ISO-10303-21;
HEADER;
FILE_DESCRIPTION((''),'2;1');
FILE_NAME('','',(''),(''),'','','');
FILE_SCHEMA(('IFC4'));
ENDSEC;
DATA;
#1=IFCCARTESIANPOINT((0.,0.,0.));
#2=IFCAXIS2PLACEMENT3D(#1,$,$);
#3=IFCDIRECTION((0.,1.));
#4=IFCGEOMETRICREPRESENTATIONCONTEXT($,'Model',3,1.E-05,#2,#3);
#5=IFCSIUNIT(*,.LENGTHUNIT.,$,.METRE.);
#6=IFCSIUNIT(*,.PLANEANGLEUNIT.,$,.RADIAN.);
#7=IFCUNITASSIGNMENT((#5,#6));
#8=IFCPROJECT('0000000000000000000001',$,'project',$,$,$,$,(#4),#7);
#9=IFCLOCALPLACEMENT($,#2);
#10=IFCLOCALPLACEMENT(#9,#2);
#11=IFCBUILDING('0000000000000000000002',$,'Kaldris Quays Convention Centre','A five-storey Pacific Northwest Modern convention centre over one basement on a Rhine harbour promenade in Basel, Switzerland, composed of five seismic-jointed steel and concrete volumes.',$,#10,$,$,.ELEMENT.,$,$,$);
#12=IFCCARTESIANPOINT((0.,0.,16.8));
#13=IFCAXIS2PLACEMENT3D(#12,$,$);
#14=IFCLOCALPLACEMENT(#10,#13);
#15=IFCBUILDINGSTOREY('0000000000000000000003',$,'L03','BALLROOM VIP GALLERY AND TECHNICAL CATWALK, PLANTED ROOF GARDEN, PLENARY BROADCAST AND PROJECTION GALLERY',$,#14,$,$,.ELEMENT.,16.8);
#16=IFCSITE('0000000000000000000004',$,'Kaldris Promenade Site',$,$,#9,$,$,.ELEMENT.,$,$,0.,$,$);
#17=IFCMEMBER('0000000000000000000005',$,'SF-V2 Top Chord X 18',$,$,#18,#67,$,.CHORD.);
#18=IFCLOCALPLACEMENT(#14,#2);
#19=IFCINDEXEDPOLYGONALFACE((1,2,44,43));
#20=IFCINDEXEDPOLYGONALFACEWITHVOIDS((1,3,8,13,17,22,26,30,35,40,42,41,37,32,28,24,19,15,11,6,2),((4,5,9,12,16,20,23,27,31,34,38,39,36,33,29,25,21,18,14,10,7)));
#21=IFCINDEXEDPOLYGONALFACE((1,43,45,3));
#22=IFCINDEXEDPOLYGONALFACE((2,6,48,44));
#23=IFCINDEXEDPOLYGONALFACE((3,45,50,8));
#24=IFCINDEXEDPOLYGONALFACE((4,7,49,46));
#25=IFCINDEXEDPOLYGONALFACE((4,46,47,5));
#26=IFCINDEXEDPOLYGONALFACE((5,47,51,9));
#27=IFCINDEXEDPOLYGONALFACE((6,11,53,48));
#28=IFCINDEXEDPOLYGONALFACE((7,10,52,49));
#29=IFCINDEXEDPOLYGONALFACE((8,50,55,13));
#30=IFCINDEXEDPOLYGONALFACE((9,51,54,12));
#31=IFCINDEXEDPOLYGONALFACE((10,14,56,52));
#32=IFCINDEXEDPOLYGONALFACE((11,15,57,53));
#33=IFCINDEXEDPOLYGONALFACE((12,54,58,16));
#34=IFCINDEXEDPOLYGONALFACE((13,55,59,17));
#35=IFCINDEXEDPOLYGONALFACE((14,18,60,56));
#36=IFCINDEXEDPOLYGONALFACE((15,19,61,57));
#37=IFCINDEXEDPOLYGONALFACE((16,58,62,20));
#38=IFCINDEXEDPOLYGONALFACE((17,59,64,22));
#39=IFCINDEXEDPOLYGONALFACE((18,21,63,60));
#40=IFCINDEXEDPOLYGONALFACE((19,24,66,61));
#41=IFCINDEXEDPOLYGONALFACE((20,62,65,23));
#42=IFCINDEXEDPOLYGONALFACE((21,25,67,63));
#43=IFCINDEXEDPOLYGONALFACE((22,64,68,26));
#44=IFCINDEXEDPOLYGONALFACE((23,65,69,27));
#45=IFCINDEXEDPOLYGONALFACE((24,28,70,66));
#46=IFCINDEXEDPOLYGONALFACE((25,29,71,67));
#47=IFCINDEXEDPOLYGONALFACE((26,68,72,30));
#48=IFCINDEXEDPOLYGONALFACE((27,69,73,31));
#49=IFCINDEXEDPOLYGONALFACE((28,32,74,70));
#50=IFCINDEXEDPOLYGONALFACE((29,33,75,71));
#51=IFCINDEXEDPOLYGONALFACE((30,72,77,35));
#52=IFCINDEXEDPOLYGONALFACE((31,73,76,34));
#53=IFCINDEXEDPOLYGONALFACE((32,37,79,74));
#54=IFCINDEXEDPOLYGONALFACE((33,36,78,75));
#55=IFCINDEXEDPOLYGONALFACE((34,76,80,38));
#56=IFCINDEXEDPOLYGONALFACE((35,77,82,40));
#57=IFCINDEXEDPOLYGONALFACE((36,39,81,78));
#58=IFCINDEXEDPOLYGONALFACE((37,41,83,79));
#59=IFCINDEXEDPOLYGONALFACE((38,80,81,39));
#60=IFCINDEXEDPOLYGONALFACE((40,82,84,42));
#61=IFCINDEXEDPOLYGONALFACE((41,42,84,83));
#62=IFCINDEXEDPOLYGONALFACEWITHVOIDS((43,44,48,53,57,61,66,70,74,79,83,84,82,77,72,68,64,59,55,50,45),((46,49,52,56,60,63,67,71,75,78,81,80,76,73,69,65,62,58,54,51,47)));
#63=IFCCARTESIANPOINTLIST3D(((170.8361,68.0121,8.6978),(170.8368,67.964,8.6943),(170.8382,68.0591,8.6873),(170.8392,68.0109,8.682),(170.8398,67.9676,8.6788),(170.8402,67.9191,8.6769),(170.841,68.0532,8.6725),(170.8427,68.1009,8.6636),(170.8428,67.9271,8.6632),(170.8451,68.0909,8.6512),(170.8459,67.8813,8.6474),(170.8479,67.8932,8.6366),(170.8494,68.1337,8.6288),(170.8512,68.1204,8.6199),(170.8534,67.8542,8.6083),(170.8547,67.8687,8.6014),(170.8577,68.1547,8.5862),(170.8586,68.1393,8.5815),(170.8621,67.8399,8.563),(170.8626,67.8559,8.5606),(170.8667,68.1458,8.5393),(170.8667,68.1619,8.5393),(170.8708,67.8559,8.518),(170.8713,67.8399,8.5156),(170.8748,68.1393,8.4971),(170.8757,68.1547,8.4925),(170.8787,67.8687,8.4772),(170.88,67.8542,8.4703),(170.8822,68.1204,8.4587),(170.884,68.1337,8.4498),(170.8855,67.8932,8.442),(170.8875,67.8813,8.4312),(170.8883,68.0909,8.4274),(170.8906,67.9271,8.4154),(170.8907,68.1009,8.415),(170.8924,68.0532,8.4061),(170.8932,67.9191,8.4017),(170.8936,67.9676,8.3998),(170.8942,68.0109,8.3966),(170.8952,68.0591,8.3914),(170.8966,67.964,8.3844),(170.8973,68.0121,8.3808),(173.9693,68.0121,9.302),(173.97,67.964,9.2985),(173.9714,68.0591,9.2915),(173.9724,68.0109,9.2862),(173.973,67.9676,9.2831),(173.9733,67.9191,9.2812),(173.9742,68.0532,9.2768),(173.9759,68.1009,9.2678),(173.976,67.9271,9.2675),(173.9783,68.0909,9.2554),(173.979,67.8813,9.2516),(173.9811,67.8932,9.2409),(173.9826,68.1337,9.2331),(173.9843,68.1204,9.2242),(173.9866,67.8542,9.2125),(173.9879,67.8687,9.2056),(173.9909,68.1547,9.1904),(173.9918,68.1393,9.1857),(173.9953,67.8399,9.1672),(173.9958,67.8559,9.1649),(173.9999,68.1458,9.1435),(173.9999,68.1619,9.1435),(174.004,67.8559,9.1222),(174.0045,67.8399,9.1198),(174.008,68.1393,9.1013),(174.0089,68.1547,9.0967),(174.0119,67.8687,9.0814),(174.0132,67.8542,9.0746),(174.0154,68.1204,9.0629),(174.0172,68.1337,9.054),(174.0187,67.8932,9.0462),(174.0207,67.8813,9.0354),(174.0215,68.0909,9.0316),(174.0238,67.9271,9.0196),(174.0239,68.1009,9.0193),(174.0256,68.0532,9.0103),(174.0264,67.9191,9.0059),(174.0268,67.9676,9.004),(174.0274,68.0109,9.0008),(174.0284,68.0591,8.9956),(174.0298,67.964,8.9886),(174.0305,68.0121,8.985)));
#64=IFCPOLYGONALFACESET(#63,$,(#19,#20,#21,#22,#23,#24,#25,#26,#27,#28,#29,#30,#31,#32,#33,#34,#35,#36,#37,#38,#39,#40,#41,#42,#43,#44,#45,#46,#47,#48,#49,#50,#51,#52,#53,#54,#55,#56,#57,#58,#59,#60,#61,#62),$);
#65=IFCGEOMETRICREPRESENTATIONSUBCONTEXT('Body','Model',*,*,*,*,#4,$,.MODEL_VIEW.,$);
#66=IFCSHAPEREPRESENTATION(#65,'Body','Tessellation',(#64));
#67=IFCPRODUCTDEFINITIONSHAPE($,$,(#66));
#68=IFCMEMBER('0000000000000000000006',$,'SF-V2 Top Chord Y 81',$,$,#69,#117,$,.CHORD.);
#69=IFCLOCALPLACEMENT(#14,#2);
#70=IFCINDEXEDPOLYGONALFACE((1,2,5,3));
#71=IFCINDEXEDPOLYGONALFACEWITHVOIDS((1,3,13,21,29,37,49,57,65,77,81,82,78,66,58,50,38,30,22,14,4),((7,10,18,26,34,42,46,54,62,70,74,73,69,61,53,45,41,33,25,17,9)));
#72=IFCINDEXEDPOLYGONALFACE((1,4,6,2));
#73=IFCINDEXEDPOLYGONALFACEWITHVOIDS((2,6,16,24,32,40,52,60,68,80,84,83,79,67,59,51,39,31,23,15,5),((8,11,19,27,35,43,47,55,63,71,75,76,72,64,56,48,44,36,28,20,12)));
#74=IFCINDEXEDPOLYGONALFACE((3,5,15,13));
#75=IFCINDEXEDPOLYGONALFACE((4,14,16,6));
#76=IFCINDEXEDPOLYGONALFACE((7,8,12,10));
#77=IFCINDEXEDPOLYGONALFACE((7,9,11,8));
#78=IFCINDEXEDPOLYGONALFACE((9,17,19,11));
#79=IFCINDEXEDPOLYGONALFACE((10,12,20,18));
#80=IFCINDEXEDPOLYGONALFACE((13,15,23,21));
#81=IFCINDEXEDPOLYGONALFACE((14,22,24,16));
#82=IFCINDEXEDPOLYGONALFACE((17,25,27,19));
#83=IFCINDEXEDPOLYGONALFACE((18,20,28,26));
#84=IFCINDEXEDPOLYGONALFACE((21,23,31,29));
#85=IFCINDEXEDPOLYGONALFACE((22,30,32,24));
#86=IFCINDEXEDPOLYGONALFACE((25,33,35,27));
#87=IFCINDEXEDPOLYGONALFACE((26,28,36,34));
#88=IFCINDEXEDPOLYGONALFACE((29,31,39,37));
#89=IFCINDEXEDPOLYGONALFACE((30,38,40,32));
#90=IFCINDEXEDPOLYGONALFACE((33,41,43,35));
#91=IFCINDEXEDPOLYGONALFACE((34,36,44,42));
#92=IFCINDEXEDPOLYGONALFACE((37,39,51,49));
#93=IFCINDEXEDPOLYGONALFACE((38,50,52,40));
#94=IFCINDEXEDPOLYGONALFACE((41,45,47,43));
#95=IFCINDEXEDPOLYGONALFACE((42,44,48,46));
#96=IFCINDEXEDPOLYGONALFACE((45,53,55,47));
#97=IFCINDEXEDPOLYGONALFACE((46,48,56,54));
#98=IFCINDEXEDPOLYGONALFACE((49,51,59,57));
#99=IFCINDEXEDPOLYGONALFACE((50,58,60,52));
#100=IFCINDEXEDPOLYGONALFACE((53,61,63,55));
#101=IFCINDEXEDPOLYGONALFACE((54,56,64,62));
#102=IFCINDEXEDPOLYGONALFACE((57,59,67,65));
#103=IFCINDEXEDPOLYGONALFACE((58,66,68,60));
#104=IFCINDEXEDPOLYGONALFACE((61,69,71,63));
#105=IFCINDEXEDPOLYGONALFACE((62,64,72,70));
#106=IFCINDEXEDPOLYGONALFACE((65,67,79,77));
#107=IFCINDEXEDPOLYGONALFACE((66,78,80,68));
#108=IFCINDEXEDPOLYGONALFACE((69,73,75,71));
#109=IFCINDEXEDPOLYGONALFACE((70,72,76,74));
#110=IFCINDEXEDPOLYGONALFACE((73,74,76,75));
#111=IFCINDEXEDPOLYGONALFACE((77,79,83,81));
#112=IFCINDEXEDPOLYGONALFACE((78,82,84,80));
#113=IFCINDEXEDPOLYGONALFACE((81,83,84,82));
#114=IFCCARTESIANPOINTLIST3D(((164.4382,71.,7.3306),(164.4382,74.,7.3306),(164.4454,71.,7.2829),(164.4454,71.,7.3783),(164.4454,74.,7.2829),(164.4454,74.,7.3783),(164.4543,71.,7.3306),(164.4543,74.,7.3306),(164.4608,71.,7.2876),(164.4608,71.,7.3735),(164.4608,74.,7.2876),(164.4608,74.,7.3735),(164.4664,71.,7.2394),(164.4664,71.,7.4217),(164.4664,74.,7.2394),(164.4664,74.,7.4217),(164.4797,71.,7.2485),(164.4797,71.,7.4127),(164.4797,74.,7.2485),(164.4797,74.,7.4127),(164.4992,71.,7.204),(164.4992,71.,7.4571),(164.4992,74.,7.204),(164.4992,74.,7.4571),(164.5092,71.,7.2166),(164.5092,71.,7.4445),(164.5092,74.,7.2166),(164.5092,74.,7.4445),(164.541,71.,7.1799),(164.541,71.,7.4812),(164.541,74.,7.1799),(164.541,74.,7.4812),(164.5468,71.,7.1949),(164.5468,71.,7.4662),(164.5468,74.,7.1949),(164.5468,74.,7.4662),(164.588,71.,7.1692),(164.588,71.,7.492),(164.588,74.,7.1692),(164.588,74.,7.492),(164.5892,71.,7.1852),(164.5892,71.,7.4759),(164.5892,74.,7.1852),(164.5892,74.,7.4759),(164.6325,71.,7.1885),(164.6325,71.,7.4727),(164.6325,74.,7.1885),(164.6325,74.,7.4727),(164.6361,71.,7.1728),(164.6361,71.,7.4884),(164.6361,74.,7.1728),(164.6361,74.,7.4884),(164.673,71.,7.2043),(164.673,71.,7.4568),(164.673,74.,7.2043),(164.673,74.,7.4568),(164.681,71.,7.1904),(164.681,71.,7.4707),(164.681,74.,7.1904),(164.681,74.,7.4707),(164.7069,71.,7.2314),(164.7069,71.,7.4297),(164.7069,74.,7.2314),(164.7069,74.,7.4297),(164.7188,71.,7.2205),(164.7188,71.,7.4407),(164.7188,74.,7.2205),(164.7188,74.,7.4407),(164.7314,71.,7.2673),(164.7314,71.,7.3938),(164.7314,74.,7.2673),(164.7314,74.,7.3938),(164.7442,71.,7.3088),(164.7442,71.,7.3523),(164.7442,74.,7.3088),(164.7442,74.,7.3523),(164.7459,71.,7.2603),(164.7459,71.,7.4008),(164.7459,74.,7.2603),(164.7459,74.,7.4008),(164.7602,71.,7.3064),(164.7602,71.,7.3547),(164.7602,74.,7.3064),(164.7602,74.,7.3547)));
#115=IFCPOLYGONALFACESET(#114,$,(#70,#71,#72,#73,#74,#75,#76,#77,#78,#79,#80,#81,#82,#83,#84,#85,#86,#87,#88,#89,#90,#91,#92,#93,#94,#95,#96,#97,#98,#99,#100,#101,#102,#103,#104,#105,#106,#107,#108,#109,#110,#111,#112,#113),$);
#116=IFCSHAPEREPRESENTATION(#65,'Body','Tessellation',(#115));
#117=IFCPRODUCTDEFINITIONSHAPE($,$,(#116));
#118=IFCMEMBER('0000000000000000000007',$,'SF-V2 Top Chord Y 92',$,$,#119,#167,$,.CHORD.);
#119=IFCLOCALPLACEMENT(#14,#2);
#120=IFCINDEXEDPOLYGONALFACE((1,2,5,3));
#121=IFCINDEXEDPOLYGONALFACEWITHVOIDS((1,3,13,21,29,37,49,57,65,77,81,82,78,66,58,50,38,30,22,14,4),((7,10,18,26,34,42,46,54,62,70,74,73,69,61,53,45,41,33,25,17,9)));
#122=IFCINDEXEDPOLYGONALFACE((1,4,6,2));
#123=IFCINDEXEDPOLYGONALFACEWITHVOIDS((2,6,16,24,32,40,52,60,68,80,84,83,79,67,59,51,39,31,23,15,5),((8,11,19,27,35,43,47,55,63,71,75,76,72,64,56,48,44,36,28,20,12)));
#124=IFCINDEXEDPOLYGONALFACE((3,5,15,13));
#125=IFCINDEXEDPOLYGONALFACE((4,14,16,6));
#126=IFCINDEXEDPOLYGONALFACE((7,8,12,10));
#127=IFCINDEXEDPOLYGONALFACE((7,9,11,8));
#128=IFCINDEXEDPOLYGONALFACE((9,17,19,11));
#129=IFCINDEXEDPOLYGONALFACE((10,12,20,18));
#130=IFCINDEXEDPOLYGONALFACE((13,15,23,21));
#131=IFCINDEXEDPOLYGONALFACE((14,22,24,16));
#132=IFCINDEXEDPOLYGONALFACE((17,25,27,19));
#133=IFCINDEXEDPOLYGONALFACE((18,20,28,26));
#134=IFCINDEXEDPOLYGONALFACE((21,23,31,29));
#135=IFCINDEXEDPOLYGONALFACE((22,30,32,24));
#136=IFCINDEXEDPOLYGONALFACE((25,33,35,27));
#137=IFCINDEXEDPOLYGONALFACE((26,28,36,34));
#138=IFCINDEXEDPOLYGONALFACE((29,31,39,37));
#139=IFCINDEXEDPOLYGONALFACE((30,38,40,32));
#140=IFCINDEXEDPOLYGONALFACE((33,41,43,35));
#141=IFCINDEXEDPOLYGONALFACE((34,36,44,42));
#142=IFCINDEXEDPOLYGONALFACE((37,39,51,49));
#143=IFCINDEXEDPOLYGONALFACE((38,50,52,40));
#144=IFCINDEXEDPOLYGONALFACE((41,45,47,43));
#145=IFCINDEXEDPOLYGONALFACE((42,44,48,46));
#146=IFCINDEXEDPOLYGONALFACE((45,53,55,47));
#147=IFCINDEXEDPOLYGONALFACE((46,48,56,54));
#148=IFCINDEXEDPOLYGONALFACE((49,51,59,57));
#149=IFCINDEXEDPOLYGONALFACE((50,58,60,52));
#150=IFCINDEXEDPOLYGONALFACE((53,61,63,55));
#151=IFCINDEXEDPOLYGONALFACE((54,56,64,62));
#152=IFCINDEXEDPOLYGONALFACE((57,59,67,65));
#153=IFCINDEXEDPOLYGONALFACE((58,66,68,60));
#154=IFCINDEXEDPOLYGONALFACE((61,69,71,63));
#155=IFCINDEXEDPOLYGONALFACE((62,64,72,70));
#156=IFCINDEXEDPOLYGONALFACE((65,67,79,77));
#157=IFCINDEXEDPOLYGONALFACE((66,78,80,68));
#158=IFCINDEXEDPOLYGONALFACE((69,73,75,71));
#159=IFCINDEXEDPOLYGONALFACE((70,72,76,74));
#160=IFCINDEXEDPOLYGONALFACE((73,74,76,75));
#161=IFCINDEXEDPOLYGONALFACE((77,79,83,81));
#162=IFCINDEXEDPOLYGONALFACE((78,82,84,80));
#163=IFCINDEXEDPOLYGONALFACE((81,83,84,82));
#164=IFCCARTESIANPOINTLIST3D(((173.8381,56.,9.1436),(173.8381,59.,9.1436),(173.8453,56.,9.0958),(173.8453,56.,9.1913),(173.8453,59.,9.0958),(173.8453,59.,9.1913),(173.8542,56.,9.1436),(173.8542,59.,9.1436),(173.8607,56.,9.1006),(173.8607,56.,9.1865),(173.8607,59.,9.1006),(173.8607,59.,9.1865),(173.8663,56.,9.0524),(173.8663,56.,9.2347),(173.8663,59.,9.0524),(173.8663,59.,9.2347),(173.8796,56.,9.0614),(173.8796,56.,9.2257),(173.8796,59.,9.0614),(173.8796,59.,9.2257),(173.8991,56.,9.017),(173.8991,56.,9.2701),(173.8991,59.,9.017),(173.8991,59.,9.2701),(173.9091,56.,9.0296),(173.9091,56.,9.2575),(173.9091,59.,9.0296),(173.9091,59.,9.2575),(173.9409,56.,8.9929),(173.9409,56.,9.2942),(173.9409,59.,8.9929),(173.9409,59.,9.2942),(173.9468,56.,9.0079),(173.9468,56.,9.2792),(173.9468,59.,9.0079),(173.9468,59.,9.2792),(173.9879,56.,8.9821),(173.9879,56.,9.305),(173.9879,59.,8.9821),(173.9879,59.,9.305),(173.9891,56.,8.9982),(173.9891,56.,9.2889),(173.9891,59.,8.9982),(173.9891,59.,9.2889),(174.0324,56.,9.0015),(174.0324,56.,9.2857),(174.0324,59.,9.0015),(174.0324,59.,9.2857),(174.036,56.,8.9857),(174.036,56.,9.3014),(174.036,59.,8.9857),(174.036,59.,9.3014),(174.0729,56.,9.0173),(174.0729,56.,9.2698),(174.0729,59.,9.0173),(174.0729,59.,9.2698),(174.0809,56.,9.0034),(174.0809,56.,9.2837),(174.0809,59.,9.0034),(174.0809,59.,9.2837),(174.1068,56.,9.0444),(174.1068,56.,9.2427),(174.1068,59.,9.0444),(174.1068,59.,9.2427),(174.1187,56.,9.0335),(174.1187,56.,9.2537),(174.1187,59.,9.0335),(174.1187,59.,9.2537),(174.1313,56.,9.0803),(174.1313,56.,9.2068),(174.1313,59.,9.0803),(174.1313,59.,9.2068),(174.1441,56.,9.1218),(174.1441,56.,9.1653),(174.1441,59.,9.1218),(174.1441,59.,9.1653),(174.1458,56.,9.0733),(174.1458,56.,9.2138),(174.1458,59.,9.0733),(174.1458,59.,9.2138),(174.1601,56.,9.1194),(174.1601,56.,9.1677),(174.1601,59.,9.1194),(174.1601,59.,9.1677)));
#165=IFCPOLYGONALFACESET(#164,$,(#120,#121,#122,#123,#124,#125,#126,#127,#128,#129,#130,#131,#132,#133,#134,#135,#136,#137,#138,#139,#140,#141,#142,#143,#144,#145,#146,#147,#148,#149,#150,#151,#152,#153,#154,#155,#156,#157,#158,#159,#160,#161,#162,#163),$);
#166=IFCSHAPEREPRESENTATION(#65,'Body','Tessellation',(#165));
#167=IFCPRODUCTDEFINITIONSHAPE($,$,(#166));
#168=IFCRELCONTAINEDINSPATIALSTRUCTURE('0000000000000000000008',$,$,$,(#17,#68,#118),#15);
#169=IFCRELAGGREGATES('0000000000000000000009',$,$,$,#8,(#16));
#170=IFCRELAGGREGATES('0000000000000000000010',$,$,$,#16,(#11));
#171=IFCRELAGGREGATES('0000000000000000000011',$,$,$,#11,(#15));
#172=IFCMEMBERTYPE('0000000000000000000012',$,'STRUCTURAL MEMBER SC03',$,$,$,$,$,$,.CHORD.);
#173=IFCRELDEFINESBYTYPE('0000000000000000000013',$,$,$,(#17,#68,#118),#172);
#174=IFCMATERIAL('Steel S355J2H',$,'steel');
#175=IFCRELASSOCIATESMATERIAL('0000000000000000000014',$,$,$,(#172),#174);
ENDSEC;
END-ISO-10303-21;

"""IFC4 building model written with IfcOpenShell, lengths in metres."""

from ifc_helpers import new_model, si_unit, direction, frame, origin, origin_2d, place, context, subcontext, project, spatial, hollow_circle, extrude, material, material_profile, profile_set, type_object, element, save


model = new_model("IFC4")

# Units and contexts
model_context = context("Model", 3, precision=1e-05, world=origin(), true_north=direction((0.0, 1.0)))
body_context = subcontext(model_context, "Body", "Model", "MODEL_VIEW")
ifc_project = project(units=[si_unit("LENGTHUNIT", "METRE"), si_unit("PLANEANGLEUNIT", "RADIAN")], contexts=[model_context])

# Site, building, storey
site_placement = place(None, origin())
site = spatial("IfcSite", under=ifc_project, at=site_placement, Name="Kaldris Promenade Site", CompositionType="ELEMENT", RefElevation=0.0)
building_placement = place(site_placement, origin())
building = spatial("IfcBuilding", under=site, at=building_placement, Name="Kaldris Quays Convention Centre", Description="A five-storey Pacific Northwest Modern convention centre over one basement on a Rhine harbour promenade in Basel, Switzerland, composed of five seismic-jointed steel and concrete volumes.", CompositionType="ELEMENT")
storey_placement = place(building_placement, frame((0.0, 0.0, 16.8)))
storey = spatial("IfcBuildingStorey", under=building, at=storey_placement, Name="L03", Description="BALLROOM VIP GALLERY AND TECHNICAL CATWALK, PLANTED ROOF GARDEN, PLENARY BROADCAST AND PROJECTION GALLERY", CompositionType="ELEMENT", Elevation=16.8)

# Members
ifc_material_1 = material(Name="Steel S355J2H", Category="steel")
ifc_material_profile_1 = material_profile(ifc_material_1, hollow_circle(Radius=0.1619, WallThickness=0.0161, at=origin_2d()), Name="CHS 323.9x16")
ifc_profile_set_1 = profile_set([ifc_material_profile_1], Name="Steel S355J2H")
member_type_1 = type_object("IfcMemberType", Name="STRUCTURAL MEMBER SC03", PredefinedType="CHORD", material=ifc_profile_set_1)
member_1_placement = place(storey_placement, frame((170.8667, 68.0, 8.5393), z_axis=(0.981908, 0.0, 0.189358), x_axis=(0.0, 1.0, 0.0)))
element("IfcMember", 1, at=member_1_placement, inside=storey, type_object=member_type_1, Name="SF-V2 Top Chord X 18", PredefinedType="CHORD", context=body_context, shape_type="SweptSolid", body=[
    extrude(hollow_circle(Radius=0.1619, WallThickness=0.0161, at=origin_2d()), origin(), (0.0, 0.0, 1.0), 3.1909),
])
for number, where, z_axis, x_axis, name in (
    (2, (164.6001, 71.0, 7.3306), (0.0, 1.0, 0.0), (-1.0, 0.0, 0.0), "SF-V2 Top Chord Y 81"),
    (3, (174.0, 56.0, 9.1436), (0.0, 1.0, 0.0), (-1.0, 0.0, 0.0), "SF-V2 Top Chord Y 92"),
):
    element("IfcMember", number, at=place(storey_placement, frame(where, z_axis=z_axis, x_axis=x_axis)), inside=storey, type_object=member_type_1, Name=name, PredefinedType="CHORD", context=body_context, shape_type="SweptSolid", body=[
        extrude(hollow_circle(Radius=0.1619, WallThickness=0.0161, at=origin_2d()), origin(), (0.0, 0.0, 1.0), 3.0),
    ])

save(model, "model.ifc")
